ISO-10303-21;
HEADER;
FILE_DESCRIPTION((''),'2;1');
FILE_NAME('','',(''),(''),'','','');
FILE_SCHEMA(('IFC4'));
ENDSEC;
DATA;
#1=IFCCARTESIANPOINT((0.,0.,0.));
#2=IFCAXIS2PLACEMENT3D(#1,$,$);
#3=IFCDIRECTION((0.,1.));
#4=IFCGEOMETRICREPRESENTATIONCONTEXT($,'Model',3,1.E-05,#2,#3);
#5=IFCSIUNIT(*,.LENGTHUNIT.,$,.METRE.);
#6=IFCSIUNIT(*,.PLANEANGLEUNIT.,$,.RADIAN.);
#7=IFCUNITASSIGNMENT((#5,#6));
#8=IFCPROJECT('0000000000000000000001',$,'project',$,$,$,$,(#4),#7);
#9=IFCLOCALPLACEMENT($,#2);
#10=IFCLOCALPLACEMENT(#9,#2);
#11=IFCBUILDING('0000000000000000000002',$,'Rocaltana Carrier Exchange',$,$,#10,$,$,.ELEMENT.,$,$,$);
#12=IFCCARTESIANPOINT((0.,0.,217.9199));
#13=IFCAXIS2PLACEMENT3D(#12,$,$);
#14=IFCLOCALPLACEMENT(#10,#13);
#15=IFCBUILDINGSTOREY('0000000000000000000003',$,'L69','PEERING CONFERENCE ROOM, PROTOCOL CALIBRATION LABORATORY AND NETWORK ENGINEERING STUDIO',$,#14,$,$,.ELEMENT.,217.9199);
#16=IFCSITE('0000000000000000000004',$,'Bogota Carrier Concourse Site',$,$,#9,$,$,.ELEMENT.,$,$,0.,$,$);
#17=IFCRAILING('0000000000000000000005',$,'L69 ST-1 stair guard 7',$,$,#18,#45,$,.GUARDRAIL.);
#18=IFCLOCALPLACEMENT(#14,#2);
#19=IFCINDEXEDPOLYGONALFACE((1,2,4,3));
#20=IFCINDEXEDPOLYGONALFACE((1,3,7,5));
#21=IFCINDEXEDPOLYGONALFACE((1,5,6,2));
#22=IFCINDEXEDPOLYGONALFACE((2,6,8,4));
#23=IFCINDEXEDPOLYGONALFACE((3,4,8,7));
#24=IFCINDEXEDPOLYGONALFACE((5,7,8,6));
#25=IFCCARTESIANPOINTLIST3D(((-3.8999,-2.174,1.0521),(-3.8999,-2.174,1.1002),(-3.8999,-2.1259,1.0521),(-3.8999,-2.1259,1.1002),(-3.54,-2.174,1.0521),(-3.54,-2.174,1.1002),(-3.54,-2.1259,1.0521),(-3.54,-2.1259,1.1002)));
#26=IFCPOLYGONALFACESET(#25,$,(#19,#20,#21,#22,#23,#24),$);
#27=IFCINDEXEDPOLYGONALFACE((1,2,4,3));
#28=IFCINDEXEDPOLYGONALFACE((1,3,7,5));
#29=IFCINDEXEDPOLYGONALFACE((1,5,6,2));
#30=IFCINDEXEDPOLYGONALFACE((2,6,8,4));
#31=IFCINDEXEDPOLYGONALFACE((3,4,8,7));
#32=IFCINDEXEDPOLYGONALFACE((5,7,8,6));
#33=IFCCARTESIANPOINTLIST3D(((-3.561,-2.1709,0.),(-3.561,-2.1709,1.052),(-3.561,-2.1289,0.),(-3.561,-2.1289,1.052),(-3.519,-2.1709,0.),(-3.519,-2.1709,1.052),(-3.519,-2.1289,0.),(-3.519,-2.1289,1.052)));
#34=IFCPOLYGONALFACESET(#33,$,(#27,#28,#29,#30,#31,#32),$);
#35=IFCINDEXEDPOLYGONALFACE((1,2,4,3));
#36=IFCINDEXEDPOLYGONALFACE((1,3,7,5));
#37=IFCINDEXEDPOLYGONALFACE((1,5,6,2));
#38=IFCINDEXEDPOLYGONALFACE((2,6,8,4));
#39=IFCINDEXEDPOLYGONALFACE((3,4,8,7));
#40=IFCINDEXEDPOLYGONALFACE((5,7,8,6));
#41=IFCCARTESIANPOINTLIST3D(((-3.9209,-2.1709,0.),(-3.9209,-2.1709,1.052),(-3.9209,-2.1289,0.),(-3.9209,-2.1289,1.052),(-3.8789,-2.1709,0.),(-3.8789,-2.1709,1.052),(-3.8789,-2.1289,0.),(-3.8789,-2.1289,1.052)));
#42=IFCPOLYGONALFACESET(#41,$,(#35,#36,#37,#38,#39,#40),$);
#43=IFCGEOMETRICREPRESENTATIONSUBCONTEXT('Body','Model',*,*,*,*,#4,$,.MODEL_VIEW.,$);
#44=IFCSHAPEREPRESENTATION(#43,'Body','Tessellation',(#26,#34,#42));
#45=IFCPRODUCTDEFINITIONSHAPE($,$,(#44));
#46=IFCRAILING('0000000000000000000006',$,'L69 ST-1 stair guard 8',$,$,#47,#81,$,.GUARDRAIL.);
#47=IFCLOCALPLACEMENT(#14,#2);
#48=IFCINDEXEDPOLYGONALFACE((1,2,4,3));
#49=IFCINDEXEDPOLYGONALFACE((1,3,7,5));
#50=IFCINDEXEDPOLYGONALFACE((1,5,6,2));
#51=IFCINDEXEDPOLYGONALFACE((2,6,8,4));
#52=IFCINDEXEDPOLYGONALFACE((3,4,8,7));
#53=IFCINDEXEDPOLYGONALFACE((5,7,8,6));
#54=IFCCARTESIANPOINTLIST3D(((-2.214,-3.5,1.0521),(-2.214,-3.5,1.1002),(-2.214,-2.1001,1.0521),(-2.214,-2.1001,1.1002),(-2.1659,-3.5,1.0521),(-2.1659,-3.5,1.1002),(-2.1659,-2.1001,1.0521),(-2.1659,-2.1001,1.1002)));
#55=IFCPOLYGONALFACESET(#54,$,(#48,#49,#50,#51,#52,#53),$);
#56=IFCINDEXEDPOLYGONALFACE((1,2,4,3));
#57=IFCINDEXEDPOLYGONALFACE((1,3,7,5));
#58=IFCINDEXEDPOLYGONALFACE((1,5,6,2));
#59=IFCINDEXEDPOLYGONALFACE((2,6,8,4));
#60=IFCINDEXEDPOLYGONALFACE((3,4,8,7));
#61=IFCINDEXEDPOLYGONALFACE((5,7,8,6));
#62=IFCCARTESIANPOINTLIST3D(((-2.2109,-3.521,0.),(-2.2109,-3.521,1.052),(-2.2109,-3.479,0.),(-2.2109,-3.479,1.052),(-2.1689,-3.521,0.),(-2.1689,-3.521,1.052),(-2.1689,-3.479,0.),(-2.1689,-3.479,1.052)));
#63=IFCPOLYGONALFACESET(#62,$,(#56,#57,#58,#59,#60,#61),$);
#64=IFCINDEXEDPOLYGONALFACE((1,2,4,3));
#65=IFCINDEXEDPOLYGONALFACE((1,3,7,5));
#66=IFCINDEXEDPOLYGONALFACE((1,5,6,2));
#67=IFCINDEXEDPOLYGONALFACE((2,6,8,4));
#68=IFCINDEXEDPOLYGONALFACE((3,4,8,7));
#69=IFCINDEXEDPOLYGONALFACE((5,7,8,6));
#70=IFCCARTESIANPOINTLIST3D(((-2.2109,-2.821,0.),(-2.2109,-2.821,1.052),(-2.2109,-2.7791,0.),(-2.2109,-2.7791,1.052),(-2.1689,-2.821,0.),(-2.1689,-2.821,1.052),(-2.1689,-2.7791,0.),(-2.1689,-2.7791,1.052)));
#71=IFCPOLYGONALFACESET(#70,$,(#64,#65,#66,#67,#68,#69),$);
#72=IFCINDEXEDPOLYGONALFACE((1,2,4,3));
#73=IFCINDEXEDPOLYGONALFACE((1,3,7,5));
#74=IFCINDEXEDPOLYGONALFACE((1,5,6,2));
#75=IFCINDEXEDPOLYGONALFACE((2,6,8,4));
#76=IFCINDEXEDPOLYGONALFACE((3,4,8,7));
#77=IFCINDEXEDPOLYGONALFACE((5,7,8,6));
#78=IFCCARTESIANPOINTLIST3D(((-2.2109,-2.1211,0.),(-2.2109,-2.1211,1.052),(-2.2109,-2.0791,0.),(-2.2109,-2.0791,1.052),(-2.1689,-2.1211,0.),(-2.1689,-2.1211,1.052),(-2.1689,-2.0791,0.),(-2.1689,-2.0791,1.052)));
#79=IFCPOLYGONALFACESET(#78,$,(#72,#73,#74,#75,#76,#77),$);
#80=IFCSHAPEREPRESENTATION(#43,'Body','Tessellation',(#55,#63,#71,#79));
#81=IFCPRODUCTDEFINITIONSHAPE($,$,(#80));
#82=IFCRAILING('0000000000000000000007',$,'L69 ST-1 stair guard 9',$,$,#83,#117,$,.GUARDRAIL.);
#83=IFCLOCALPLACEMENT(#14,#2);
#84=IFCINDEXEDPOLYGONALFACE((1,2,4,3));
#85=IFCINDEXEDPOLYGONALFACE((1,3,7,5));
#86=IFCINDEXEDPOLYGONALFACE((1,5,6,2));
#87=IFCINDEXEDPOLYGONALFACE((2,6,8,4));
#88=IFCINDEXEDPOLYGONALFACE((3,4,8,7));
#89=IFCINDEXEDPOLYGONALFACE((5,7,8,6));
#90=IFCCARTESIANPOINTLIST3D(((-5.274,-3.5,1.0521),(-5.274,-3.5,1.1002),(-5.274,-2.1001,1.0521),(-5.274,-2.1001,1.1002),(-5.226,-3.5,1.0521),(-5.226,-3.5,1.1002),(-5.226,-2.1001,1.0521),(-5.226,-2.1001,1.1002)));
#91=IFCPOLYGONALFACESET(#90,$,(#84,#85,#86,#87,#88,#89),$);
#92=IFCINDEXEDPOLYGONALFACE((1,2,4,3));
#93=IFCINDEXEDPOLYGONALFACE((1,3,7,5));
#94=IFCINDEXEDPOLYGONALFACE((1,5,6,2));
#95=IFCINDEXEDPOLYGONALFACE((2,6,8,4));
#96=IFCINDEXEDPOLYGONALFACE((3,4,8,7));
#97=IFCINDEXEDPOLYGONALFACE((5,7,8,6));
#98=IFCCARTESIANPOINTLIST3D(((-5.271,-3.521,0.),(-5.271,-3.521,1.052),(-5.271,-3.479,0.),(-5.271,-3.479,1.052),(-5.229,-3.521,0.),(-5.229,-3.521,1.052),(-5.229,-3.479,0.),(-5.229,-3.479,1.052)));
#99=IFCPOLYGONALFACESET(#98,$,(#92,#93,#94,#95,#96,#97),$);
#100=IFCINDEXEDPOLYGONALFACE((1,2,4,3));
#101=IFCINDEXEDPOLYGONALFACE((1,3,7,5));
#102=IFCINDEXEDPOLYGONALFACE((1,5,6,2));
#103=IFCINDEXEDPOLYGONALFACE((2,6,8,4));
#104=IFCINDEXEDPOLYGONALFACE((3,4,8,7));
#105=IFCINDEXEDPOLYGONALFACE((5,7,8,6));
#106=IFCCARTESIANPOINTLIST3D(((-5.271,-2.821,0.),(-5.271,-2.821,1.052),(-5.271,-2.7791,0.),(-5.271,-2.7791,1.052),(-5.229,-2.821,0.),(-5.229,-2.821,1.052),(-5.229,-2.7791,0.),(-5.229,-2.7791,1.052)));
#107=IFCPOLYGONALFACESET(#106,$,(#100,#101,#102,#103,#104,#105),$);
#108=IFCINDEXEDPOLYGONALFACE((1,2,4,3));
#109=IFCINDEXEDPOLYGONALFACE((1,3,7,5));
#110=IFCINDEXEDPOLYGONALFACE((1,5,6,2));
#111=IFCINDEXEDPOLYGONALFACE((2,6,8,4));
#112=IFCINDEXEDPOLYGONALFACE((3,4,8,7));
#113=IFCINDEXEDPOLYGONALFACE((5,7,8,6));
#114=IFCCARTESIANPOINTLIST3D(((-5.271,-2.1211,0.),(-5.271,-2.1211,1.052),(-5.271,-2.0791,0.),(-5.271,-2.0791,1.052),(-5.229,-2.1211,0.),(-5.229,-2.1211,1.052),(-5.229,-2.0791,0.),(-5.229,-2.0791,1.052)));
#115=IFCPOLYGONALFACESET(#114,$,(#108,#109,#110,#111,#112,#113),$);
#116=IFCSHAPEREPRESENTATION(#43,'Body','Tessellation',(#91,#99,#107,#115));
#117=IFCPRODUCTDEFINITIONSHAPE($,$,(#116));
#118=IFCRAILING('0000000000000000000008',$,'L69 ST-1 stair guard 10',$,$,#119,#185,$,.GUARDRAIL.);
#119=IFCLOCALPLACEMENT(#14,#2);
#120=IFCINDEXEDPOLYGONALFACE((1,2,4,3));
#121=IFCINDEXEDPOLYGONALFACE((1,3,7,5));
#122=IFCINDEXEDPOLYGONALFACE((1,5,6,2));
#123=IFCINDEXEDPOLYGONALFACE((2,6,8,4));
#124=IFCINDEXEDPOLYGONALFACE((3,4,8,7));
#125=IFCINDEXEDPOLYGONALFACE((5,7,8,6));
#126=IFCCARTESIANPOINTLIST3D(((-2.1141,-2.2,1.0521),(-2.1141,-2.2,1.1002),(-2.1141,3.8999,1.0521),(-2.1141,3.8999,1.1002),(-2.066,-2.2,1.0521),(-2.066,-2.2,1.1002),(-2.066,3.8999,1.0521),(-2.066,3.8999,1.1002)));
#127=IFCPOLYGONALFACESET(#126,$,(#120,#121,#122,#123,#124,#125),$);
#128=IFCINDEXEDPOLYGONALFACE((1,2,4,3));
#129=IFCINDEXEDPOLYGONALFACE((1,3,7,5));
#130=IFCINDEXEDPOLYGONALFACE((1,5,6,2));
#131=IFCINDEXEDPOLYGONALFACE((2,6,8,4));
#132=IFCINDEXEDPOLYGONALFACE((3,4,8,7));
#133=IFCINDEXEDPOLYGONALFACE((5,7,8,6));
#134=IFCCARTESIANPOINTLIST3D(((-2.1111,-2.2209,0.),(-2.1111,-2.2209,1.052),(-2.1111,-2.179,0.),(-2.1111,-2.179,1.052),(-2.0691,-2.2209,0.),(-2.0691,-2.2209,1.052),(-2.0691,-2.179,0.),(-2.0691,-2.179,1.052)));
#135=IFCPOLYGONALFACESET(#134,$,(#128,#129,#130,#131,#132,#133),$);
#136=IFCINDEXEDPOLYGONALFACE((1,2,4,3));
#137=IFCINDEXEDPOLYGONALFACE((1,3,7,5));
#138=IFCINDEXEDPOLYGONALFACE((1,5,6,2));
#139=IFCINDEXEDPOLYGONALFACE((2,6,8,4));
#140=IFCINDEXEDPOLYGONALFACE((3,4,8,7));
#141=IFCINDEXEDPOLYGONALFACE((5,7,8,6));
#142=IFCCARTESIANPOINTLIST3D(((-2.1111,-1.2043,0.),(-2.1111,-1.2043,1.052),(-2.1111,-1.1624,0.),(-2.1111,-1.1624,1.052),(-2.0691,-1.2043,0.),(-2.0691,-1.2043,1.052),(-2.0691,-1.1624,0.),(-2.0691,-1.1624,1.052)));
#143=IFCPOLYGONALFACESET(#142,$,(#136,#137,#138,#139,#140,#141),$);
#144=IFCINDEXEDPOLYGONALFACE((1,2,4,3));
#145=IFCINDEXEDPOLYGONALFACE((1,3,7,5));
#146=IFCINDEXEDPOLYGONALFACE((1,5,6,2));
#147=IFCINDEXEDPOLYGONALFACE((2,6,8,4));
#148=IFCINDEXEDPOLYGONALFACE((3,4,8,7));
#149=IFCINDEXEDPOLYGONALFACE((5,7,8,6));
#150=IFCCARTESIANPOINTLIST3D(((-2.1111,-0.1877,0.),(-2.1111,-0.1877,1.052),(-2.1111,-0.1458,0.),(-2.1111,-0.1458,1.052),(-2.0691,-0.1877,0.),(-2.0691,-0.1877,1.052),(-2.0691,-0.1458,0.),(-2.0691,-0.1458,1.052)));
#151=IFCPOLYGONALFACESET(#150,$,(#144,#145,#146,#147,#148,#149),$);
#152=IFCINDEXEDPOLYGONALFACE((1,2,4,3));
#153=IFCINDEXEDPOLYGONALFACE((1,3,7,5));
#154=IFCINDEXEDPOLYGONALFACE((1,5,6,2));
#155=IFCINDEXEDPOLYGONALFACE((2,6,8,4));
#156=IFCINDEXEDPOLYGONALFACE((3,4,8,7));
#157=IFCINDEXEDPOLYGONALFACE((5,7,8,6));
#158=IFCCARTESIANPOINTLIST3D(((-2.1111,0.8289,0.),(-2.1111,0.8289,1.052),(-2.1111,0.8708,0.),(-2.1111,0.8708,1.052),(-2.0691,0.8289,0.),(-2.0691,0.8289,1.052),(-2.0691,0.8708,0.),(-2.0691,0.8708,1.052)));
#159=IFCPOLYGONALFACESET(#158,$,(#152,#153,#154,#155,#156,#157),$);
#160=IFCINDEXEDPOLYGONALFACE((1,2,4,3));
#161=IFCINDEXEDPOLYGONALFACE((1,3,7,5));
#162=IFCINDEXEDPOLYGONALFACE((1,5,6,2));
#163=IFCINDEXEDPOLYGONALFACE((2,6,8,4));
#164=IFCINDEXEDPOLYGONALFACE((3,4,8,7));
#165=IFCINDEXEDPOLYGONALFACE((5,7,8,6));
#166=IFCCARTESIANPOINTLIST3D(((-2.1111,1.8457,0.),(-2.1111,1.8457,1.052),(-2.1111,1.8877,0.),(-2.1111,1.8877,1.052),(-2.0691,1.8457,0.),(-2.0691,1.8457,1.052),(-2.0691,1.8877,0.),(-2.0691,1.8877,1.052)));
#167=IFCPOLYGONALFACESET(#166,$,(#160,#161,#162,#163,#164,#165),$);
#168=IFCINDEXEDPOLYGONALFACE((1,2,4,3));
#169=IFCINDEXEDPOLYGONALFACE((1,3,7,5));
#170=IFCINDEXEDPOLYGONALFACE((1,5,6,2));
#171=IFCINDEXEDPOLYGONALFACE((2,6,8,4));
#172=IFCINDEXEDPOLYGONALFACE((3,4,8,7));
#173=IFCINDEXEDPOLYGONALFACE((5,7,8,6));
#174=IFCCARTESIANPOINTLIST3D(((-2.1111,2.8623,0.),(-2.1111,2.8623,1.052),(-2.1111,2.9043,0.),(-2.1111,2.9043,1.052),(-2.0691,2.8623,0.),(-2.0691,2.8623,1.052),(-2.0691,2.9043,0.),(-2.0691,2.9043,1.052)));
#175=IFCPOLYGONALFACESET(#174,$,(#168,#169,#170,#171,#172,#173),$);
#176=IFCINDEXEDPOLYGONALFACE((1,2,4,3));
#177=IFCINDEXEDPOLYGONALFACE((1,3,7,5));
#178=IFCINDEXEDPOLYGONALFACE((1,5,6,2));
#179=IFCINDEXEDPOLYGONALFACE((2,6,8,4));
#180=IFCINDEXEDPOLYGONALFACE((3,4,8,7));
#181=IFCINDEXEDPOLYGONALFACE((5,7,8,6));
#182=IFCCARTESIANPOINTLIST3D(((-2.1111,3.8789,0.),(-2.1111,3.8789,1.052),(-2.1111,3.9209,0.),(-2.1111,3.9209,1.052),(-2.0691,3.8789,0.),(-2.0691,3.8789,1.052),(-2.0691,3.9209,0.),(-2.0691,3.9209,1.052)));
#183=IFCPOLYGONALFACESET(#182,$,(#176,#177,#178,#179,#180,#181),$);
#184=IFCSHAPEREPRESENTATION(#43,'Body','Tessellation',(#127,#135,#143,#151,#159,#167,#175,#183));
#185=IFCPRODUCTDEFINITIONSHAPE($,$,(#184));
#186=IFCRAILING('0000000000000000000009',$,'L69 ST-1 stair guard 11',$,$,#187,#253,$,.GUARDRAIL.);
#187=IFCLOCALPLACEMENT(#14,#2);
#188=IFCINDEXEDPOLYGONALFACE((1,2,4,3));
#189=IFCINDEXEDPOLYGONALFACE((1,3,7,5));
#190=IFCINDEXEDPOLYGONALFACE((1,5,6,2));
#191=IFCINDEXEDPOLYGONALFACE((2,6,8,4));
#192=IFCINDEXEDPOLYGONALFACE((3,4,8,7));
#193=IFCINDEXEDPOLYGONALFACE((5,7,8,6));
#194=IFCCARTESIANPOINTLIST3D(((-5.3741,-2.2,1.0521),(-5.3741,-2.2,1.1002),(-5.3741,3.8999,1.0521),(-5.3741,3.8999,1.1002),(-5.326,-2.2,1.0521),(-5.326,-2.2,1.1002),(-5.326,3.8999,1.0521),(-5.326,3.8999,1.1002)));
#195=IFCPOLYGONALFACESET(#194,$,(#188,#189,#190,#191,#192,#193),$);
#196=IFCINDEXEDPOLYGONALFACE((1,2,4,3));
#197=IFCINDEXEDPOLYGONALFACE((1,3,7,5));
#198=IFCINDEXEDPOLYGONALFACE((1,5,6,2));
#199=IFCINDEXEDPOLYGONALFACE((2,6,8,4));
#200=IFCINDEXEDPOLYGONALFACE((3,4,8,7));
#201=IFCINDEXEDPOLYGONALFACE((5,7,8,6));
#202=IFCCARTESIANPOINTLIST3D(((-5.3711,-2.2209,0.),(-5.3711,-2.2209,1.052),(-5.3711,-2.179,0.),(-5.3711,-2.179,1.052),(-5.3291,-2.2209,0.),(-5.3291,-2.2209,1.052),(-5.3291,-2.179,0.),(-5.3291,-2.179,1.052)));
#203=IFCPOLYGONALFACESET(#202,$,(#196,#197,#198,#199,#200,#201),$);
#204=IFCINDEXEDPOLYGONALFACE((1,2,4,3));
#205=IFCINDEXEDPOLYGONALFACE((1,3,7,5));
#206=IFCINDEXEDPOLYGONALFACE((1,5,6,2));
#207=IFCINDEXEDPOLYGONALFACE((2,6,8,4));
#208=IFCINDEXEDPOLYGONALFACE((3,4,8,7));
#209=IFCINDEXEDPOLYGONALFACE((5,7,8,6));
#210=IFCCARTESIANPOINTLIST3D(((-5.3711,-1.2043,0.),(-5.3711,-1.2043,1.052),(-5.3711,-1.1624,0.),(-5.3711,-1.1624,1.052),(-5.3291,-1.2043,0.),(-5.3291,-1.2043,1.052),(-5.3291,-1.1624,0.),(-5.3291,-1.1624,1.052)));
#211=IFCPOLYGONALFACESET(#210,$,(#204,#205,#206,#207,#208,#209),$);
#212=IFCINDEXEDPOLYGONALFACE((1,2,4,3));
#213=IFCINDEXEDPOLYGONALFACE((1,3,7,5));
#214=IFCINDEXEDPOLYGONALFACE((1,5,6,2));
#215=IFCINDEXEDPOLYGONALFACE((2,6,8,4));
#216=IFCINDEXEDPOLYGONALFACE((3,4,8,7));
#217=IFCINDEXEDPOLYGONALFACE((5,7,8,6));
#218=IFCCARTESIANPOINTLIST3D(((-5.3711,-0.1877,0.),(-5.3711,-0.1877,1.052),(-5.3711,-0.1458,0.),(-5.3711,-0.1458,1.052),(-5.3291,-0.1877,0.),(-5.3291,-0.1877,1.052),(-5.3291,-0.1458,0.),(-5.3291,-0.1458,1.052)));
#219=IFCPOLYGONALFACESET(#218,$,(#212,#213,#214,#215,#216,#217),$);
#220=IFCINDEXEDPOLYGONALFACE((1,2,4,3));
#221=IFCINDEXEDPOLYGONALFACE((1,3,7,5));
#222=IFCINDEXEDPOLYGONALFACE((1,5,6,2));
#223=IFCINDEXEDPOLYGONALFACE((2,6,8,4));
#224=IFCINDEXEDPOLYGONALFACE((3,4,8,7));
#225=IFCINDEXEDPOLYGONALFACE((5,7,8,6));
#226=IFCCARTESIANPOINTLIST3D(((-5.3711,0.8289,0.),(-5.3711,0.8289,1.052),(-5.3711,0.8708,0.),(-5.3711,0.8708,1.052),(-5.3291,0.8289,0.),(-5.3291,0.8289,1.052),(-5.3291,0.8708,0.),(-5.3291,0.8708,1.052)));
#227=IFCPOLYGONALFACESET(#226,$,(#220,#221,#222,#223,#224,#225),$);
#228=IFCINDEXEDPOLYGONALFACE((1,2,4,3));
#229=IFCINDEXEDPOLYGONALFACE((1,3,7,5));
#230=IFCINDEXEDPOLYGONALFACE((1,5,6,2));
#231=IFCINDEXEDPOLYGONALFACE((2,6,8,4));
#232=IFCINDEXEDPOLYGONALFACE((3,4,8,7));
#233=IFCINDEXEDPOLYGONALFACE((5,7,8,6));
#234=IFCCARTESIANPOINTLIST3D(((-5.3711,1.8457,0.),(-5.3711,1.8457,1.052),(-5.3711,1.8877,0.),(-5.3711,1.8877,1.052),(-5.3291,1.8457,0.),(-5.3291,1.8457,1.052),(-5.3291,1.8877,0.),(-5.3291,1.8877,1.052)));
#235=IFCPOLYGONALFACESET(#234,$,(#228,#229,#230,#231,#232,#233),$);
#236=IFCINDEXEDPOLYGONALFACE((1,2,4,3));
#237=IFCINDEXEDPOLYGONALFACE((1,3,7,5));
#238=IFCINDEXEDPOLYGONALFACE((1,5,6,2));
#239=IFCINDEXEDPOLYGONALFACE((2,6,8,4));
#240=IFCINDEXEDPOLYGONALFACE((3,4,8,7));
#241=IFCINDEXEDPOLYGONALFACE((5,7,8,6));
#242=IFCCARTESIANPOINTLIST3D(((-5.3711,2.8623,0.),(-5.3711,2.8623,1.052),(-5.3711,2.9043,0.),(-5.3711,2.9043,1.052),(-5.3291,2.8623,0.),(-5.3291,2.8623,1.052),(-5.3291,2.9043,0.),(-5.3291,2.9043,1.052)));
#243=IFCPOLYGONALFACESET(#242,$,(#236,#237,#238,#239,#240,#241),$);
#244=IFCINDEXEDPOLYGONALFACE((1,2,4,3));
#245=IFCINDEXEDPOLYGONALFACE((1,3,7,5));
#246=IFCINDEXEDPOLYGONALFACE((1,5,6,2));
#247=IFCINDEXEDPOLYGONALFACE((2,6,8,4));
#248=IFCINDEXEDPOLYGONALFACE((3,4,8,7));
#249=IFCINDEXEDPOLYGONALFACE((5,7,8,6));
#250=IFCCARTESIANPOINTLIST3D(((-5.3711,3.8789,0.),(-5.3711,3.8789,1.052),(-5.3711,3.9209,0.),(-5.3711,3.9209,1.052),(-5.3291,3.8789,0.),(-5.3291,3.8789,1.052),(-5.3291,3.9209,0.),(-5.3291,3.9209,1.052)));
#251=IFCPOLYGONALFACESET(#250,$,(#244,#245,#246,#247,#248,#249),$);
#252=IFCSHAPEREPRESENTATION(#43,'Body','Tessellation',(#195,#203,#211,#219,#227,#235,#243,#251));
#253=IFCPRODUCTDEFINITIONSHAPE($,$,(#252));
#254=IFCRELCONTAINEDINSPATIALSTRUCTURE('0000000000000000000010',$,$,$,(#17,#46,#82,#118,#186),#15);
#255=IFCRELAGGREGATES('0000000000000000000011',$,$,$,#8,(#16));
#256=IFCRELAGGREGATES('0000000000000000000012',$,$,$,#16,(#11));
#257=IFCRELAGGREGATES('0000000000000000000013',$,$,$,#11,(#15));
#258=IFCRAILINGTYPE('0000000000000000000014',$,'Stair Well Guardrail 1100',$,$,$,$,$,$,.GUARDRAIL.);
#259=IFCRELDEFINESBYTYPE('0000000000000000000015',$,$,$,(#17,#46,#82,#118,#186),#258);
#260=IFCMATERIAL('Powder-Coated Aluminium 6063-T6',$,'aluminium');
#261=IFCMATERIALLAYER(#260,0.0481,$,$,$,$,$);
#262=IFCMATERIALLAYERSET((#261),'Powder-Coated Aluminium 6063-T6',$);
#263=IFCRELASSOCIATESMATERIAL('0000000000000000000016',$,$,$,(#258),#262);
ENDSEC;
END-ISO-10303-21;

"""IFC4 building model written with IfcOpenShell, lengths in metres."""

from ifc_helpers import new_model, si_unit, direction, frame, origin, origin_2d, place, context, subcontext, project, spatial, rectangle, extrude, material, layer, layer_set, type_object, element, save


model = new_model("IFC4")

# Units and contexts
model_context = context("Model", 3, precision=1e-05, world=origin(), true_north=direction((0.0, 1.0)))
body_context = subcontext(model_context, "Body", "Model", "MODEL_VIEW")
ifc_project = project(units=[si_unit("LENGTHUNIT", "METRE"), si_unit("PLANEANGLEUNIT", "RADIAN")], contexts=[model_context])

# Site, building, storey
site_placement = place(None, origin())
site = spatial("IfcSite", under=ifc_project, at=site_placement, Name="Bogota Carrier Concourse Site", CompositionType="ELEMENT", RefElevation=0.0)
building_placement = place(site_placement, origin())
building = spatial("IfcBuilding", under=site, at=building_placement, Name="Rocaltana Carrier Exchange", CompositionType="ELEMENT")
storey_placement = place(building_placement, frame((0.0, 0.0, 217.9199)))
storey = spatial("IfcBuildingStorey", under=building, at=storey_placement, Name="L69", Description="PEERING CONFERENCE ROOM, PROTOCOL CALIBRATION LABORATORY AND NETWORK ENGINEERING STUDIO", CompositionType="ELEMENT", Elevation=217.9199)

# Railings
ifc_material_1 = material(Name="Powder-Coated Aluminium 6063-T6", Category="aluminium")
ifc_layer_1 = layer(ifc_material_1, 0.0481)
ifc_layer_set_1 = layer_set([ifc_layer_1], Name="Powder-Coated Aluminium 6063-T6")
railing_type_1 = type_object("IfcRailingType", Name="Stair Well Guardrail 1100", PredefinedType="GUARDRAIL", material=ifc_layer_set_1)
railing_1_placement = place(storey_placement, frame((-3.54, -2.1499, 0.0)))
element("IfcRailing", 1, at=railing_1_placement, inside=storey, type_object=railing_type_1, Name="L69 ST-1 stair guard 7", PredefinedType="GUARDRAIL", context=body_context, shape_type="SweptSolid", body=[
    extrude(rectangle(XDim=0.0481, YDim=0.0481, at=origin_2d()), frame((0.0, 0.0, 1.0762), z_axis=(-1.0, 0.0, 0.0), x_axis=(0.0, -1.0, 0.0)), (0.0, 0.0, 1.0), 0.3599),
    extrude(rectangle(XDim=0.042, YDim=0.042, at=origin_2d()), origin(), (0.0, 0.0, 1.0), 1.052),
    extrude(rectangle(XDim=0.042, YDim=0.042, at=origin_2d()), frame((-0.3599, 0.0, 0.0)), (0.0, 0.0, 1.0), 1.052),
])
for number, where, name in (
    (2, (-2.1899, -3.5, 0.0), "L69 ST-1 stair guard 8"),
    (3, (-5.25, -3.5, 0.0), "L69 ST-1 stair guard 9"),
):
    element("IfcRailing", number, at=place(storey_placement, frame(where)), inside=storey, type_object=railing_type_1, Name=name, PredefinedType="GUARDRAIL", context=body_context, shape_type="SweptSolid", body=[
        extrude(rectangle(XDim=0.0481, YDim=0.0481, at=origin_2d()), frame((0.0, 0.0, 1.0762), z_axis=(0.0, 1.0, 0.0), x_axis=(-1.0, 0.0, 0.0)), (0.0, 0.0, 1.0), 1.3999),
        extrude(rectangle(XDim=0.042, YDim=0.042, at=origin_2d()), origin(), (0.0, 0.0, 1.0), 1.052),
        extrude(rectangle(XDim=0.042, YDim=0.042, at=origin_2d()), frame((0.0, 0.7, 0.0)), (0.0, 0.0, 1.0), 1.052),
        extrude(rectangle(XDim=0.042, YDim=0.042, at=origin_2d()), frame((0.0, 1.3999, 0.0)), (0.0, 0.0, 1.0), 1.052),
    ])
for number, where, name in (
    (4, (-2.0901, -2.2, 0.0), "L69 ST-1 stair guard 10"),
    (5, (-5.3501, -2.2, 0.0), "L69 ST-1 stair guard 11"),
):
    element("IfcRailing", number, at=place(storey_placement, frame(where)), inside=storey, type_object=railing_type_1, Name=name, PredefinedType="GUARDRAIL", context=body_context, shape_type="SweptSolid", body=[
        extrude(rectangle(XDim=0.0481, YDim=0.0481, at=origin_2d()), frame((0.0, 0.0, 1.0762), z_axis=(0.0, 1.0, 0.0), x_axis=(-1.0, 0.0, 0.0)), (0.0, 0.0, 1.0), 6.0999),
        extrude(rectangle(XDim=0.042, YDim=0.042, at=origin_2d()), origin(), (0.0, 0.0, 1.0), 1.052),
        extrude(rectangle(XDim=0.042, YDim=0.042, at=origin_2d()), frame((0.0, 1.0166, 0.0)), (0.0, 0.0, 1.0), 1.052),
        extrude(rectangle(XDim=0.042, YDim=0.042, at=origin_2d()), frame((0.0, 2.0332, 0.0)), (0.0, 0.0, 1.0), 1.052),
        extrude(rectangle(XDim=0.042, YDim=0.042, at=origin_2d()), frame((0.0, 3.0498, 0.0)), (0.0, 0.0, 1.0), 1.052),
        extrude(rectangle(XDim=0.042, YDim=0.042, at=origin_2d()), frame((0.0, 4.0667, 0.0)), (0.0, 0.0, 1.0), 1.052),
        extrude(rectangle(XDim=0.042, YDim=0.042, at=origin_2d()), frame((0.0, 5.0833, 0.0)), (0.0, 0.0, 1.0), 1.052),
        extrude(rectangle(XDim=0.042, YDim=0.042, at=origin_2d()), frame((0.0, 6.0999, 0.0)), (0.0, 0.0, 1.0), 1.052),
    ])

save(model, "model.ifc")
